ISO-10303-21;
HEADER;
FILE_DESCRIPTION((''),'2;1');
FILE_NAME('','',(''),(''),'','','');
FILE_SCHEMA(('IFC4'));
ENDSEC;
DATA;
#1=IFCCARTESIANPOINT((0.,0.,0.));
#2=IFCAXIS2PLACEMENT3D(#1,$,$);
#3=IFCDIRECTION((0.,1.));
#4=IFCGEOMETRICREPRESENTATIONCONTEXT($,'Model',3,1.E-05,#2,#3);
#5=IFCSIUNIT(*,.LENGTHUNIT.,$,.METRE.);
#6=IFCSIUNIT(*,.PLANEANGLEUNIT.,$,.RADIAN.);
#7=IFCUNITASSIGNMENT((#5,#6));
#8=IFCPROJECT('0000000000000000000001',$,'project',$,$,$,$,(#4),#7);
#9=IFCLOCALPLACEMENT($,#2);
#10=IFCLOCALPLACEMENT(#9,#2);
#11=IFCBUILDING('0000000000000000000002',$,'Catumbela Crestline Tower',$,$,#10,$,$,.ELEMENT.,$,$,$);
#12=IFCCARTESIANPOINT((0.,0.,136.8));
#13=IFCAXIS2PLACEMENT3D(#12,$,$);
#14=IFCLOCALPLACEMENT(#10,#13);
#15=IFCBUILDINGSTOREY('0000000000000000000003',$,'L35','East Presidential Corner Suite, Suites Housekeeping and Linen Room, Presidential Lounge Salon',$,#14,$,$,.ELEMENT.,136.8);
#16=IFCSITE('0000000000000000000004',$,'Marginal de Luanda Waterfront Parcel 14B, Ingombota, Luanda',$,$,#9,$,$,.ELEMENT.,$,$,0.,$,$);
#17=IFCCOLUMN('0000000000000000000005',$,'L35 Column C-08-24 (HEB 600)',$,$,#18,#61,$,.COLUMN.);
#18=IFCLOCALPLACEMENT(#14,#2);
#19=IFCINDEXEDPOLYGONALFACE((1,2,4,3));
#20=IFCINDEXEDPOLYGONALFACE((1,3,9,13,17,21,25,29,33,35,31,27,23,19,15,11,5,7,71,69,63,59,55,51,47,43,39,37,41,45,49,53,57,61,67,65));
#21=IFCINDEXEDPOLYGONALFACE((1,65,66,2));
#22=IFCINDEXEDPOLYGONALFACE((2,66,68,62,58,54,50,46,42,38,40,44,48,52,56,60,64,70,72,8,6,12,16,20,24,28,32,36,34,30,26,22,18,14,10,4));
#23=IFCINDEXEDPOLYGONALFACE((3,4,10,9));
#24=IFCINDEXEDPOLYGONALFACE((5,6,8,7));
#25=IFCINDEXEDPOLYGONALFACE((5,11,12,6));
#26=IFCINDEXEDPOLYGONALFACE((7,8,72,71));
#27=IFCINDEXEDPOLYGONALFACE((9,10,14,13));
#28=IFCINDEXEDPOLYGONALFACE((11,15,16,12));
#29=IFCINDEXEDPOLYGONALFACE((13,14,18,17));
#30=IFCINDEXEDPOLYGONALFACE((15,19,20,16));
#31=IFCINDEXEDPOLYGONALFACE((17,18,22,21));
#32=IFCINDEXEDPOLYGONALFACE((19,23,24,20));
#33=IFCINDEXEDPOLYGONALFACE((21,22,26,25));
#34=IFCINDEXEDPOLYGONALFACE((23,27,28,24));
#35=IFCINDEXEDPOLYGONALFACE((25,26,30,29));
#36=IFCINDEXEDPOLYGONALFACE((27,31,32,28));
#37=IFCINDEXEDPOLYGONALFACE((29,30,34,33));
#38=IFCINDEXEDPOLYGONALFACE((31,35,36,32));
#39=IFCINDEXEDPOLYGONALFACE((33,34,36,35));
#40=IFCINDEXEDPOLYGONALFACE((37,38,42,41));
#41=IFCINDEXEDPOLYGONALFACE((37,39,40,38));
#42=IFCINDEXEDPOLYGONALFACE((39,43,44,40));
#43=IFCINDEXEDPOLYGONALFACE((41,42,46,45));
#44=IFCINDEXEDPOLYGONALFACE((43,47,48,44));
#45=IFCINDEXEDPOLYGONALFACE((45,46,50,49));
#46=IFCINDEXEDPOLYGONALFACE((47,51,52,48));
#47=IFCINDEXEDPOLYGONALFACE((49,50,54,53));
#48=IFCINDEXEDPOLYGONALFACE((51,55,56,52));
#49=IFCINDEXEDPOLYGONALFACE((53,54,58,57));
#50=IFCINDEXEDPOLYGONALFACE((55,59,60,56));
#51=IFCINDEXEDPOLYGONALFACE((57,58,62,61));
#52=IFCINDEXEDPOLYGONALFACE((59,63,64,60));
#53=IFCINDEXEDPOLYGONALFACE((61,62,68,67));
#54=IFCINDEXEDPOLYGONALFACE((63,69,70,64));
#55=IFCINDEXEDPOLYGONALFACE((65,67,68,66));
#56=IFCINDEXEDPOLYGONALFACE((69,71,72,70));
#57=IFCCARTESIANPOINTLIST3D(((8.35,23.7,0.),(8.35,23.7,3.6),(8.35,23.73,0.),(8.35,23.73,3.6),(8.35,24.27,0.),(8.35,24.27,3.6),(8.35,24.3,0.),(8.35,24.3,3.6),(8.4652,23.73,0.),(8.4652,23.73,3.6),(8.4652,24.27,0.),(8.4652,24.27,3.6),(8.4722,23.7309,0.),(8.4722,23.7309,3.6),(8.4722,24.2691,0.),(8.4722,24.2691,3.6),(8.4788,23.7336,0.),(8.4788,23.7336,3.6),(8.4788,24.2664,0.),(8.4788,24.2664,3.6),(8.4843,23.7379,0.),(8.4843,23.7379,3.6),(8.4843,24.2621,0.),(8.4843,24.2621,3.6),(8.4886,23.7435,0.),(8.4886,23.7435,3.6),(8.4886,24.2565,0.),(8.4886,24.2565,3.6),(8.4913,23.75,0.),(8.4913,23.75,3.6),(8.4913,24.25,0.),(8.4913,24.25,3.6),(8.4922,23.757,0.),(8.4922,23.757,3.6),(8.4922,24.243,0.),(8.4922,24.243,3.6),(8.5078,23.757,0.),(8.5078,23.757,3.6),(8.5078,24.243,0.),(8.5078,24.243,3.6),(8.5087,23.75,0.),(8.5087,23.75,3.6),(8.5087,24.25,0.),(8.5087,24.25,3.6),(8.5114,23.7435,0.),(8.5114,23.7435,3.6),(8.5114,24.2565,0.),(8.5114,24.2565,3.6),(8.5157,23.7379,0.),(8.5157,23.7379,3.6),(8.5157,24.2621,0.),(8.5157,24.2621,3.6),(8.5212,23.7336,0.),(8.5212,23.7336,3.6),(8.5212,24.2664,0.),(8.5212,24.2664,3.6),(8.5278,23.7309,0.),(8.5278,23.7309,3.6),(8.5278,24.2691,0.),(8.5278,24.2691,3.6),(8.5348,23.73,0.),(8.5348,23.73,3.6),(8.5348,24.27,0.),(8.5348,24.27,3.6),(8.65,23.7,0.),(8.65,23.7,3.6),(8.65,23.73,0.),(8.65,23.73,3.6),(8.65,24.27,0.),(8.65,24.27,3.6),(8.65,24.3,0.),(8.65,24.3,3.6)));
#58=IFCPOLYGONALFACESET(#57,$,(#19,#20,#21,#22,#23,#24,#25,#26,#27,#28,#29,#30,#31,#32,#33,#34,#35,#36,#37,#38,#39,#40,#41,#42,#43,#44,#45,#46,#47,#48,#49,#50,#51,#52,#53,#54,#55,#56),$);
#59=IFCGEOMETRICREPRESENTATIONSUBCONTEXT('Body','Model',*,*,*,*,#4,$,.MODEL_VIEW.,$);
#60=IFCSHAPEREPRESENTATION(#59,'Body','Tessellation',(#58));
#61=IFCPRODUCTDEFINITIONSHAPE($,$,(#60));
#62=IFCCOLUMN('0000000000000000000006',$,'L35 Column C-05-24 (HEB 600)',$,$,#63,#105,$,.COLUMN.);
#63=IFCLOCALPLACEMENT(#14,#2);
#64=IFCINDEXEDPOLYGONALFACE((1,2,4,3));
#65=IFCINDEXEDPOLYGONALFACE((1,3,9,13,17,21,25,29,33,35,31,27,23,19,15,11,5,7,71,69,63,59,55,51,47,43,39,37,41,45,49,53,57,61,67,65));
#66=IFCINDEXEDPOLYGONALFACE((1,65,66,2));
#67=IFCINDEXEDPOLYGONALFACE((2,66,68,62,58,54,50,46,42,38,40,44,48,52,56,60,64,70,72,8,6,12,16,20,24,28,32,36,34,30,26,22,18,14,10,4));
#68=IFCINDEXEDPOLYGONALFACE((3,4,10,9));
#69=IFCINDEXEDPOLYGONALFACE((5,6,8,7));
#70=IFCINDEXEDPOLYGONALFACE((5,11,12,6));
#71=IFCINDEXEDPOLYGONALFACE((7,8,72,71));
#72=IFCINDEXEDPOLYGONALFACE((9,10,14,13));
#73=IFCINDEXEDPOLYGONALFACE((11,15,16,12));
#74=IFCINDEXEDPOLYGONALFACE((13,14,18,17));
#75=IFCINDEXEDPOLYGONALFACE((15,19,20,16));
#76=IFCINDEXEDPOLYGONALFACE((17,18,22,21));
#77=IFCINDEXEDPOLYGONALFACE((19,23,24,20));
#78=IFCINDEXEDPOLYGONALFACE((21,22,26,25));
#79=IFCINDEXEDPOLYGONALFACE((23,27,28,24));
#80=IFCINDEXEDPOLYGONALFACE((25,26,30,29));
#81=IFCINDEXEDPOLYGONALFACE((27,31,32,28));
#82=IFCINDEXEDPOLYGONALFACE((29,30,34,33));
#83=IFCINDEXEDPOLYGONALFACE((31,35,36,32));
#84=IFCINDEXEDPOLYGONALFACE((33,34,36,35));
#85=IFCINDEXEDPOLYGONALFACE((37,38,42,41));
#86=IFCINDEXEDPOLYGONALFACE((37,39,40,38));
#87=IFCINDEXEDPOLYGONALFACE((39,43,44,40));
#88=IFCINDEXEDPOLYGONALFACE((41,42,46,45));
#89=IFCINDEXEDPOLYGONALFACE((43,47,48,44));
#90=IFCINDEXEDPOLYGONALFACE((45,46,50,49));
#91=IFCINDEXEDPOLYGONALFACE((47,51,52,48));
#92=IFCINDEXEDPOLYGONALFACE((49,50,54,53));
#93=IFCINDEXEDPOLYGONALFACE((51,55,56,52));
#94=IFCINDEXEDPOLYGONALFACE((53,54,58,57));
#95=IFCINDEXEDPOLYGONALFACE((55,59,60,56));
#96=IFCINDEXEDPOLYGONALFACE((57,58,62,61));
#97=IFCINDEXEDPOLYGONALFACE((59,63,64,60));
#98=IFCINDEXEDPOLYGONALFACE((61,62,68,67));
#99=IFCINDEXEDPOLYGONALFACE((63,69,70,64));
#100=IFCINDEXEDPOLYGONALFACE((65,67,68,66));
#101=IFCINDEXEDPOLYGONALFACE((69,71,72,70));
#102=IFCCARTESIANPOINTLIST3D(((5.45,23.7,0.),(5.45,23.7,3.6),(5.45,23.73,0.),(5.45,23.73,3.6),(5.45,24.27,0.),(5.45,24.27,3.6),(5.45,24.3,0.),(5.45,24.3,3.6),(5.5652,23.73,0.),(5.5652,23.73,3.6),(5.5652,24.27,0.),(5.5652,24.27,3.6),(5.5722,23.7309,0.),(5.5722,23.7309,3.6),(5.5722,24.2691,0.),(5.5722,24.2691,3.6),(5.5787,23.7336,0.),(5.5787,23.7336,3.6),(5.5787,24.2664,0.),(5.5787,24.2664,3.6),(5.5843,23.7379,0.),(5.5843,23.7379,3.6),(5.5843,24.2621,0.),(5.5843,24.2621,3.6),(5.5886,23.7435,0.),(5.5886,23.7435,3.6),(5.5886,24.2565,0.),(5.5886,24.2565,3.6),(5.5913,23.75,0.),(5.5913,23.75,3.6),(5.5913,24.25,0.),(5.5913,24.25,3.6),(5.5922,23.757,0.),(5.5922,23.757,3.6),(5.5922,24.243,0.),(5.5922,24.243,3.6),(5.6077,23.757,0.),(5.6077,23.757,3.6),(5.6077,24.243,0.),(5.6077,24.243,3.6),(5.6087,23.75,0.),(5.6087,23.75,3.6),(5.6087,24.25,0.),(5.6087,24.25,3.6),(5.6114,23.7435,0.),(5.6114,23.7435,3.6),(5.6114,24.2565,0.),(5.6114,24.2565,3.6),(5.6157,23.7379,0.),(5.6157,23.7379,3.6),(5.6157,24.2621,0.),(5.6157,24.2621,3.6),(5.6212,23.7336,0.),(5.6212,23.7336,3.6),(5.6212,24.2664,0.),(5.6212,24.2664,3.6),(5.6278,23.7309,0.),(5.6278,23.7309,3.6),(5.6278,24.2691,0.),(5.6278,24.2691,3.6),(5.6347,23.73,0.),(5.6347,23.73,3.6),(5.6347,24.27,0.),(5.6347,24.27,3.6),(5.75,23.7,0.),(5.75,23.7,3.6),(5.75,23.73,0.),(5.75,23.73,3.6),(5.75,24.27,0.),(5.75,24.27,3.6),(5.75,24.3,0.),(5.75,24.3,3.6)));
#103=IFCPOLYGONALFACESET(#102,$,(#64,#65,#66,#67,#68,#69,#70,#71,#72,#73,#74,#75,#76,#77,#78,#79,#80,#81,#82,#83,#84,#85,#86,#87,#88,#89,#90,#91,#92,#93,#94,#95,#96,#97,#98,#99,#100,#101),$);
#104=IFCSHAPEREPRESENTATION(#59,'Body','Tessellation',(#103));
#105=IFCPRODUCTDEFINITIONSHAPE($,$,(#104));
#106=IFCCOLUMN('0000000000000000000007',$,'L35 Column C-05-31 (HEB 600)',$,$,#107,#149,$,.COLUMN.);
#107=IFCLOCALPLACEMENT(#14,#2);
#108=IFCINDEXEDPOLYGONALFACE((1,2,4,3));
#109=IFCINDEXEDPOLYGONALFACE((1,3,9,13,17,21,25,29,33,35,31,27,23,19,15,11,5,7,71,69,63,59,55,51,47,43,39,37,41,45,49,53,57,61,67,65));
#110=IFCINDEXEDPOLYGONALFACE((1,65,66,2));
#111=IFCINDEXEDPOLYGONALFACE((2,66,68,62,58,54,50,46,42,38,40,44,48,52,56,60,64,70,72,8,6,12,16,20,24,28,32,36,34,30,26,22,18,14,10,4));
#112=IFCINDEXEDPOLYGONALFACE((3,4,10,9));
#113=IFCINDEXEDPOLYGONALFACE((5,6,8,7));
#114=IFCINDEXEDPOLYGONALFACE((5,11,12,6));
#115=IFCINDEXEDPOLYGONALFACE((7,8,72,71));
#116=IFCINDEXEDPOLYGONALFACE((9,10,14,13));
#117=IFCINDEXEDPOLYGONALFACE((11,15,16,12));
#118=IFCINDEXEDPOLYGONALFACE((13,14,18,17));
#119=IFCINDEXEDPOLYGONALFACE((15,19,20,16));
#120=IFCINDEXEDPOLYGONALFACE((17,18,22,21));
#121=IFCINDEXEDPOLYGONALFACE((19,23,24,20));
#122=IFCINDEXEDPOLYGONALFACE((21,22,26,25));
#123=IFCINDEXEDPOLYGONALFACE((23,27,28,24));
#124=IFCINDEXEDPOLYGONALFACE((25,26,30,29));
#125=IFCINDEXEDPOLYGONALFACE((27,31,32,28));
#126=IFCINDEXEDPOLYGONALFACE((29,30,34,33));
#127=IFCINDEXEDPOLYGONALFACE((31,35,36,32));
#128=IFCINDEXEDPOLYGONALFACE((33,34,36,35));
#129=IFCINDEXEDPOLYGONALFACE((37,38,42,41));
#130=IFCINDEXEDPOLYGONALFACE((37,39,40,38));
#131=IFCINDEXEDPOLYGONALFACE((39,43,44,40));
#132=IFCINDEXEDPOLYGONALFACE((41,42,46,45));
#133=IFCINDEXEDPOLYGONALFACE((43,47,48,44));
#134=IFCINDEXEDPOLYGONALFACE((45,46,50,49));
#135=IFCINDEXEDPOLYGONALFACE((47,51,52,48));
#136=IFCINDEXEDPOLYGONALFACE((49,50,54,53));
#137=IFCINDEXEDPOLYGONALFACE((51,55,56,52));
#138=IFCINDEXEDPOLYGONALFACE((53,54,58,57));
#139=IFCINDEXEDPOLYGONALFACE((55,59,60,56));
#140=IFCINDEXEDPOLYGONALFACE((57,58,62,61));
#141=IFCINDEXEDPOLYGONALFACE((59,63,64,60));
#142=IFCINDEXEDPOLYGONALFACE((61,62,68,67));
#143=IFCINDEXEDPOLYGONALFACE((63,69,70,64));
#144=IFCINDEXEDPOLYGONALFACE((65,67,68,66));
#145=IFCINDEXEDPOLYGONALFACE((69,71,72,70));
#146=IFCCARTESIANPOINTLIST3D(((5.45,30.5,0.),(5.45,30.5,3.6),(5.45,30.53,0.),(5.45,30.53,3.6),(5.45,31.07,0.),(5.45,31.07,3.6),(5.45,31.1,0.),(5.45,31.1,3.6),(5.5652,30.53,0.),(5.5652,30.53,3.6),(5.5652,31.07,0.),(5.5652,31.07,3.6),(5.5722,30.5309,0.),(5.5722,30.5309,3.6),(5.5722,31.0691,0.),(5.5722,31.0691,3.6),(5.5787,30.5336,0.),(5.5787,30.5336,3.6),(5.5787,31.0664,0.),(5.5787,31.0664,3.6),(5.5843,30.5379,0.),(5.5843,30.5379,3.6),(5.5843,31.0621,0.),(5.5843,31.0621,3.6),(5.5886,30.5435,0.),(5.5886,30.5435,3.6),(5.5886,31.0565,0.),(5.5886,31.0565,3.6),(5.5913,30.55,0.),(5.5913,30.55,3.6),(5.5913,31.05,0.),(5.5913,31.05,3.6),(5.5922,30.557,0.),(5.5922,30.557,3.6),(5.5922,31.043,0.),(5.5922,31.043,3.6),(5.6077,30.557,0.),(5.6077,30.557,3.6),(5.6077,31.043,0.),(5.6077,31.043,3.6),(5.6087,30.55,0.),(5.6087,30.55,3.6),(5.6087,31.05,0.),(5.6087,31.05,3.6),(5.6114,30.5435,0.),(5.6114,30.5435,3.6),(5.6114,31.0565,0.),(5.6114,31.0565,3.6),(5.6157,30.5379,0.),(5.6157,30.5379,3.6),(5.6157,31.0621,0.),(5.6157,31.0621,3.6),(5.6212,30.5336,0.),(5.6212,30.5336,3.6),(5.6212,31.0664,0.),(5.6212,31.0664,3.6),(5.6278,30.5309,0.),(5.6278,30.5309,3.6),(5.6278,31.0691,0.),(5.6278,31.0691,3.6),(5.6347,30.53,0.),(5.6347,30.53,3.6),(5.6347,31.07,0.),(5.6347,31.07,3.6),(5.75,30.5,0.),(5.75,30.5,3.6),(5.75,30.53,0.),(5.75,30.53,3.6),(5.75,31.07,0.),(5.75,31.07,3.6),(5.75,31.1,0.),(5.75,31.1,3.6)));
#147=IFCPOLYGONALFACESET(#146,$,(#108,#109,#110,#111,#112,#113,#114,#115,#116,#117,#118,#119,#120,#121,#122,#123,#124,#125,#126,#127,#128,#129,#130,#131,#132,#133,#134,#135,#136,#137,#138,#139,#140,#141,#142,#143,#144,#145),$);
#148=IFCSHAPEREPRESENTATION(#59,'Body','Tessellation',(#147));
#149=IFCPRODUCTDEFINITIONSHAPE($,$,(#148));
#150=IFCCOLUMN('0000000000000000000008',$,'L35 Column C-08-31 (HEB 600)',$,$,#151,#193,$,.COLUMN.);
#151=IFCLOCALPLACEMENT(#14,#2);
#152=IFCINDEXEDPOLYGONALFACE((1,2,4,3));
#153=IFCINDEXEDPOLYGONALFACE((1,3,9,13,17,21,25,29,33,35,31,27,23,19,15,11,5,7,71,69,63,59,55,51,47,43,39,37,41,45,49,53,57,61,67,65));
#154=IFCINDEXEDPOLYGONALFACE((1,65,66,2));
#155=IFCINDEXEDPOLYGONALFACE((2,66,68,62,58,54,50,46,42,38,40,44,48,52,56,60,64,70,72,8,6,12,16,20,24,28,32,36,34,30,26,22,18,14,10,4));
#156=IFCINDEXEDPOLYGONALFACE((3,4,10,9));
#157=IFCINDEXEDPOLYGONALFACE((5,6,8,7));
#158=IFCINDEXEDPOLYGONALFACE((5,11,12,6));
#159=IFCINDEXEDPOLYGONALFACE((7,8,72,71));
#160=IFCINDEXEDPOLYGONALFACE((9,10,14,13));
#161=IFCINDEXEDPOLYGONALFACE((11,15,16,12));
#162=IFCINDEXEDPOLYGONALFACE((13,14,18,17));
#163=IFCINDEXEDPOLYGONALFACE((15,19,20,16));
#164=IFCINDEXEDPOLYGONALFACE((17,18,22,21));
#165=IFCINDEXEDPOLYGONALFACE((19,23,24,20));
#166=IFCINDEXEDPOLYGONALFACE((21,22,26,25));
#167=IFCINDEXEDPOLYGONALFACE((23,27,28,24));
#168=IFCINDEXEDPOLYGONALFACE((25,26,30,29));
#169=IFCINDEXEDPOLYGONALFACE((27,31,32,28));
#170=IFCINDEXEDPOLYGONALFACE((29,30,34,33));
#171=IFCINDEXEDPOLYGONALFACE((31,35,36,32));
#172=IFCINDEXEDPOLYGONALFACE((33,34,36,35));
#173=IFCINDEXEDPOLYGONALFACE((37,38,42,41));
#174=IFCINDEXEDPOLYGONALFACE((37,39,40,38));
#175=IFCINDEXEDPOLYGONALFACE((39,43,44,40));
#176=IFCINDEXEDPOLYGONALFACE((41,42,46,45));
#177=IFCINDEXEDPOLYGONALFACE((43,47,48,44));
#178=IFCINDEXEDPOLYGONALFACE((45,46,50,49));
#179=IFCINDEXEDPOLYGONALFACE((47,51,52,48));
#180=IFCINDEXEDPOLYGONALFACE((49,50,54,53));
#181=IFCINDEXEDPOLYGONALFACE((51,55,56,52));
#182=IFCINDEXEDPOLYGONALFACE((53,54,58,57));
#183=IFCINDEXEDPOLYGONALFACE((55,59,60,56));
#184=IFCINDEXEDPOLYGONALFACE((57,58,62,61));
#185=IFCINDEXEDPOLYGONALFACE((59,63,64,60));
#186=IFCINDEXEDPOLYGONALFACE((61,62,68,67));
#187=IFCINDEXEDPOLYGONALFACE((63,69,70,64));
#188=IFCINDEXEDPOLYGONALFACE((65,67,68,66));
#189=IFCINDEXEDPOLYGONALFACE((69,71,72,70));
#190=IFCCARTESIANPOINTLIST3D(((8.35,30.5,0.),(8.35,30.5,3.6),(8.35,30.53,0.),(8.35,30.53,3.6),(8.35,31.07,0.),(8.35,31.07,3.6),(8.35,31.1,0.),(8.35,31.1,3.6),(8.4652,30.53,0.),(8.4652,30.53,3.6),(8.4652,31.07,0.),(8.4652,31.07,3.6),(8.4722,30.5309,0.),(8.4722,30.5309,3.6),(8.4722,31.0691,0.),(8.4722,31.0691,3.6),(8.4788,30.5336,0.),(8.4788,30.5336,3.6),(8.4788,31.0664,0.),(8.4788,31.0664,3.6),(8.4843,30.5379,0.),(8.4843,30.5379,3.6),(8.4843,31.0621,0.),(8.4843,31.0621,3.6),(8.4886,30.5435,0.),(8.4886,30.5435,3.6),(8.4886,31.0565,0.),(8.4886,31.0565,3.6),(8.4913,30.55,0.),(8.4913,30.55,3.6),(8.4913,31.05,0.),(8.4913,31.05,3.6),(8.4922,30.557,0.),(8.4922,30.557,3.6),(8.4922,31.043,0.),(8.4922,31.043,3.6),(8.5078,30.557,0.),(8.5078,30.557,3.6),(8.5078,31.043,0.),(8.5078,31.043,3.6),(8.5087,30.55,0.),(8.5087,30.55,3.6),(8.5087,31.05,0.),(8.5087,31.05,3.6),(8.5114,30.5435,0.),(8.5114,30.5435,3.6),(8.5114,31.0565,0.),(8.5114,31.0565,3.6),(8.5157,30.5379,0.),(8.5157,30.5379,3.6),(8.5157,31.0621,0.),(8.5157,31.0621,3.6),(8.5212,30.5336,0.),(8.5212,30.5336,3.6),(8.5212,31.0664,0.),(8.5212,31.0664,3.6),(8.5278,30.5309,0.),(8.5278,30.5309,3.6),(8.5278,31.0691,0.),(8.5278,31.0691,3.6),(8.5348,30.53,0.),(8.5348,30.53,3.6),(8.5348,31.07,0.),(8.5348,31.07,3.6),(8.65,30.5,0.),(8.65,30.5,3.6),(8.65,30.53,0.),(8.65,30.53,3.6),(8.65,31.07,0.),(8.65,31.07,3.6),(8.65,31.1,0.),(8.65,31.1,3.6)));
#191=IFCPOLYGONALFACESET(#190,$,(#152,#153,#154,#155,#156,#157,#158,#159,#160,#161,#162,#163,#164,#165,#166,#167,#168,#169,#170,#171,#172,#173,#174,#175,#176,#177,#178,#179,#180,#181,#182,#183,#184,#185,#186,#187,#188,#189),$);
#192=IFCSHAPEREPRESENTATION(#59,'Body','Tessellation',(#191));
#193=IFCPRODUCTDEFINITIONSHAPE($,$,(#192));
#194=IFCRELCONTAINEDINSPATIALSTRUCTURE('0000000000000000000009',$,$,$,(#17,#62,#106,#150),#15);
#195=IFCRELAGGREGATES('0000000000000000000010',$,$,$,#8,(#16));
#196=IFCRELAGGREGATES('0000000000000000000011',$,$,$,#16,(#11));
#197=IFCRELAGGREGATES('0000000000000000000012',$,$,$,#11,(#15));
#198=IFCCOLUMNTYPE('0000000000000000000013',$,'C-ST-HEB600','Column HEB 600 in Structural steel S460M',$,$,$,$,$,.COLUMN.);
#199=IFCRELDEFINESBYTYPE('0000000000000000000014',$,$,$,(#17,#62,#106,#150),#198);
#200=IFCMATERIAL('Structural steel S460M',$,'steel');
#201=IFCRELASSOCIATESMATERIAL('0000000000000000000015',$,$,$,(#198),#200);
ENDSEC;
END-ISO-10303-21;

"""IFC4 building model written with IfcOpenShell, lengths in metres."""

from ifc_helpers import new_model, si_unit, direction, frame, origin, origin_2d, place, context, subcontext, project, spatial, i_section, extrude, material, material_profile, profile_set, type_object, element, save


model = new_model("IFC4")

# Units and contexts
model_context = context("Model", 3, precision=1e-05, world=origin(), true_north=direction((0.0, 1.0)))
body_context = subcontext(model_context, "Body", "Model", "MODEL_VIEW")
ifc_project = project(units=[si_unit("LENGTHUNIT", "METRE"), si_unit("PLANEANGLEUNIT", "RADIAN")], contexts=[model_context])

# Site, building, storey
site_placement = place(None, origin())
site = spatial("IfcSite", under=ifc_project, at=site_placement, Name="Marginal de Luanda Waterfront Parcel 14B, Ingombota, Luanda", CompositionType="ELEMENT", RefElevation=0.0)
building_placement = place(site_placement, origin())
building = spatial("IfcBuilding", under=site, at=building_placement, Name="Catumbela Crestline Tower", CompositionType="ELEMENT")
storey_placement = place(building_placement, frame((0.0, 0.0, 136.8)))
storey = spatial("IfcBuildingStorey", under=building, at=storey_placement, Name="L35", Description="East Presidential Corner Suite, Suites Housekeeping and Linen Room, Presidential Lounge Salon", CompositionType="ELEMENT", Elevation=136.8)

# Columns
ifc_material_1 = material(Name="Structural steel S460M", Category="steel")
ifc_material_profile_1 = material_profile(ifc_material_1, i_section(OverallWidth=0.3, OverallDepth=0.6, WebThickness=0.0155, FlangeThickness=0.03, FilletRadius=0.027, at=origin_2d()), Name="HEB 600")
ifc_profile_set_1 = profile_set([ifc_material_profile_1], Name="Structural steel S460M")
column_type = type_object("IfcColumnType", Name="C-ST-HEB600", Description="Column HEB 600 in Structural steel S460M", PredefinedType="COLUMN", material=ifc_profile_set_1)
for number, where, z_axis, x_axis, name in (
    (1, (8.5, 24.0, 0.0), (0.0, 0.0, 1.0), (1.0, 0.0, 0.0), "L35 Column C-08-24 (HEB 600)"),
    (2, (5.6, 24.0, 0.0), (0.0, 0.0, 1.0), (1.0, 0.0, 0.0), "L35 Column C-05-24 (HEB 600)"),
    (3, (5.6, 30.8, 0.0), (0.0, 0.0, 1.0), (1.0, 0.0, 0.0), "L35 Column C-05-31 (HEB 600)"),
    (4, (8.5, 30.8, 0.0), (0.0, 0.0, 1.0), (1.0, 0.0, 0.0), "L35 Column C-08-31 (HEB 600)"),
):
    element("IfcColumn", number, at=place(storey_placement, frame(where, z_axis=z_axis, x_axis=x_axis)), inside=storey, type_object=column_type, Name=name, PredefinedType="COLUMN", context=body_context, shape_type="SweptSolid", body=[
        extrude(i_section(OverallWidth=0.3, OverallDepth=0.6, WebThickness=0.0155, FlangeThickness=0.03, FilletRadius=0.027, at=origin_2d()), origin(), (0.0, 0.0, 1.0), 3.6),
    ])

save(model, "model.ifc")
